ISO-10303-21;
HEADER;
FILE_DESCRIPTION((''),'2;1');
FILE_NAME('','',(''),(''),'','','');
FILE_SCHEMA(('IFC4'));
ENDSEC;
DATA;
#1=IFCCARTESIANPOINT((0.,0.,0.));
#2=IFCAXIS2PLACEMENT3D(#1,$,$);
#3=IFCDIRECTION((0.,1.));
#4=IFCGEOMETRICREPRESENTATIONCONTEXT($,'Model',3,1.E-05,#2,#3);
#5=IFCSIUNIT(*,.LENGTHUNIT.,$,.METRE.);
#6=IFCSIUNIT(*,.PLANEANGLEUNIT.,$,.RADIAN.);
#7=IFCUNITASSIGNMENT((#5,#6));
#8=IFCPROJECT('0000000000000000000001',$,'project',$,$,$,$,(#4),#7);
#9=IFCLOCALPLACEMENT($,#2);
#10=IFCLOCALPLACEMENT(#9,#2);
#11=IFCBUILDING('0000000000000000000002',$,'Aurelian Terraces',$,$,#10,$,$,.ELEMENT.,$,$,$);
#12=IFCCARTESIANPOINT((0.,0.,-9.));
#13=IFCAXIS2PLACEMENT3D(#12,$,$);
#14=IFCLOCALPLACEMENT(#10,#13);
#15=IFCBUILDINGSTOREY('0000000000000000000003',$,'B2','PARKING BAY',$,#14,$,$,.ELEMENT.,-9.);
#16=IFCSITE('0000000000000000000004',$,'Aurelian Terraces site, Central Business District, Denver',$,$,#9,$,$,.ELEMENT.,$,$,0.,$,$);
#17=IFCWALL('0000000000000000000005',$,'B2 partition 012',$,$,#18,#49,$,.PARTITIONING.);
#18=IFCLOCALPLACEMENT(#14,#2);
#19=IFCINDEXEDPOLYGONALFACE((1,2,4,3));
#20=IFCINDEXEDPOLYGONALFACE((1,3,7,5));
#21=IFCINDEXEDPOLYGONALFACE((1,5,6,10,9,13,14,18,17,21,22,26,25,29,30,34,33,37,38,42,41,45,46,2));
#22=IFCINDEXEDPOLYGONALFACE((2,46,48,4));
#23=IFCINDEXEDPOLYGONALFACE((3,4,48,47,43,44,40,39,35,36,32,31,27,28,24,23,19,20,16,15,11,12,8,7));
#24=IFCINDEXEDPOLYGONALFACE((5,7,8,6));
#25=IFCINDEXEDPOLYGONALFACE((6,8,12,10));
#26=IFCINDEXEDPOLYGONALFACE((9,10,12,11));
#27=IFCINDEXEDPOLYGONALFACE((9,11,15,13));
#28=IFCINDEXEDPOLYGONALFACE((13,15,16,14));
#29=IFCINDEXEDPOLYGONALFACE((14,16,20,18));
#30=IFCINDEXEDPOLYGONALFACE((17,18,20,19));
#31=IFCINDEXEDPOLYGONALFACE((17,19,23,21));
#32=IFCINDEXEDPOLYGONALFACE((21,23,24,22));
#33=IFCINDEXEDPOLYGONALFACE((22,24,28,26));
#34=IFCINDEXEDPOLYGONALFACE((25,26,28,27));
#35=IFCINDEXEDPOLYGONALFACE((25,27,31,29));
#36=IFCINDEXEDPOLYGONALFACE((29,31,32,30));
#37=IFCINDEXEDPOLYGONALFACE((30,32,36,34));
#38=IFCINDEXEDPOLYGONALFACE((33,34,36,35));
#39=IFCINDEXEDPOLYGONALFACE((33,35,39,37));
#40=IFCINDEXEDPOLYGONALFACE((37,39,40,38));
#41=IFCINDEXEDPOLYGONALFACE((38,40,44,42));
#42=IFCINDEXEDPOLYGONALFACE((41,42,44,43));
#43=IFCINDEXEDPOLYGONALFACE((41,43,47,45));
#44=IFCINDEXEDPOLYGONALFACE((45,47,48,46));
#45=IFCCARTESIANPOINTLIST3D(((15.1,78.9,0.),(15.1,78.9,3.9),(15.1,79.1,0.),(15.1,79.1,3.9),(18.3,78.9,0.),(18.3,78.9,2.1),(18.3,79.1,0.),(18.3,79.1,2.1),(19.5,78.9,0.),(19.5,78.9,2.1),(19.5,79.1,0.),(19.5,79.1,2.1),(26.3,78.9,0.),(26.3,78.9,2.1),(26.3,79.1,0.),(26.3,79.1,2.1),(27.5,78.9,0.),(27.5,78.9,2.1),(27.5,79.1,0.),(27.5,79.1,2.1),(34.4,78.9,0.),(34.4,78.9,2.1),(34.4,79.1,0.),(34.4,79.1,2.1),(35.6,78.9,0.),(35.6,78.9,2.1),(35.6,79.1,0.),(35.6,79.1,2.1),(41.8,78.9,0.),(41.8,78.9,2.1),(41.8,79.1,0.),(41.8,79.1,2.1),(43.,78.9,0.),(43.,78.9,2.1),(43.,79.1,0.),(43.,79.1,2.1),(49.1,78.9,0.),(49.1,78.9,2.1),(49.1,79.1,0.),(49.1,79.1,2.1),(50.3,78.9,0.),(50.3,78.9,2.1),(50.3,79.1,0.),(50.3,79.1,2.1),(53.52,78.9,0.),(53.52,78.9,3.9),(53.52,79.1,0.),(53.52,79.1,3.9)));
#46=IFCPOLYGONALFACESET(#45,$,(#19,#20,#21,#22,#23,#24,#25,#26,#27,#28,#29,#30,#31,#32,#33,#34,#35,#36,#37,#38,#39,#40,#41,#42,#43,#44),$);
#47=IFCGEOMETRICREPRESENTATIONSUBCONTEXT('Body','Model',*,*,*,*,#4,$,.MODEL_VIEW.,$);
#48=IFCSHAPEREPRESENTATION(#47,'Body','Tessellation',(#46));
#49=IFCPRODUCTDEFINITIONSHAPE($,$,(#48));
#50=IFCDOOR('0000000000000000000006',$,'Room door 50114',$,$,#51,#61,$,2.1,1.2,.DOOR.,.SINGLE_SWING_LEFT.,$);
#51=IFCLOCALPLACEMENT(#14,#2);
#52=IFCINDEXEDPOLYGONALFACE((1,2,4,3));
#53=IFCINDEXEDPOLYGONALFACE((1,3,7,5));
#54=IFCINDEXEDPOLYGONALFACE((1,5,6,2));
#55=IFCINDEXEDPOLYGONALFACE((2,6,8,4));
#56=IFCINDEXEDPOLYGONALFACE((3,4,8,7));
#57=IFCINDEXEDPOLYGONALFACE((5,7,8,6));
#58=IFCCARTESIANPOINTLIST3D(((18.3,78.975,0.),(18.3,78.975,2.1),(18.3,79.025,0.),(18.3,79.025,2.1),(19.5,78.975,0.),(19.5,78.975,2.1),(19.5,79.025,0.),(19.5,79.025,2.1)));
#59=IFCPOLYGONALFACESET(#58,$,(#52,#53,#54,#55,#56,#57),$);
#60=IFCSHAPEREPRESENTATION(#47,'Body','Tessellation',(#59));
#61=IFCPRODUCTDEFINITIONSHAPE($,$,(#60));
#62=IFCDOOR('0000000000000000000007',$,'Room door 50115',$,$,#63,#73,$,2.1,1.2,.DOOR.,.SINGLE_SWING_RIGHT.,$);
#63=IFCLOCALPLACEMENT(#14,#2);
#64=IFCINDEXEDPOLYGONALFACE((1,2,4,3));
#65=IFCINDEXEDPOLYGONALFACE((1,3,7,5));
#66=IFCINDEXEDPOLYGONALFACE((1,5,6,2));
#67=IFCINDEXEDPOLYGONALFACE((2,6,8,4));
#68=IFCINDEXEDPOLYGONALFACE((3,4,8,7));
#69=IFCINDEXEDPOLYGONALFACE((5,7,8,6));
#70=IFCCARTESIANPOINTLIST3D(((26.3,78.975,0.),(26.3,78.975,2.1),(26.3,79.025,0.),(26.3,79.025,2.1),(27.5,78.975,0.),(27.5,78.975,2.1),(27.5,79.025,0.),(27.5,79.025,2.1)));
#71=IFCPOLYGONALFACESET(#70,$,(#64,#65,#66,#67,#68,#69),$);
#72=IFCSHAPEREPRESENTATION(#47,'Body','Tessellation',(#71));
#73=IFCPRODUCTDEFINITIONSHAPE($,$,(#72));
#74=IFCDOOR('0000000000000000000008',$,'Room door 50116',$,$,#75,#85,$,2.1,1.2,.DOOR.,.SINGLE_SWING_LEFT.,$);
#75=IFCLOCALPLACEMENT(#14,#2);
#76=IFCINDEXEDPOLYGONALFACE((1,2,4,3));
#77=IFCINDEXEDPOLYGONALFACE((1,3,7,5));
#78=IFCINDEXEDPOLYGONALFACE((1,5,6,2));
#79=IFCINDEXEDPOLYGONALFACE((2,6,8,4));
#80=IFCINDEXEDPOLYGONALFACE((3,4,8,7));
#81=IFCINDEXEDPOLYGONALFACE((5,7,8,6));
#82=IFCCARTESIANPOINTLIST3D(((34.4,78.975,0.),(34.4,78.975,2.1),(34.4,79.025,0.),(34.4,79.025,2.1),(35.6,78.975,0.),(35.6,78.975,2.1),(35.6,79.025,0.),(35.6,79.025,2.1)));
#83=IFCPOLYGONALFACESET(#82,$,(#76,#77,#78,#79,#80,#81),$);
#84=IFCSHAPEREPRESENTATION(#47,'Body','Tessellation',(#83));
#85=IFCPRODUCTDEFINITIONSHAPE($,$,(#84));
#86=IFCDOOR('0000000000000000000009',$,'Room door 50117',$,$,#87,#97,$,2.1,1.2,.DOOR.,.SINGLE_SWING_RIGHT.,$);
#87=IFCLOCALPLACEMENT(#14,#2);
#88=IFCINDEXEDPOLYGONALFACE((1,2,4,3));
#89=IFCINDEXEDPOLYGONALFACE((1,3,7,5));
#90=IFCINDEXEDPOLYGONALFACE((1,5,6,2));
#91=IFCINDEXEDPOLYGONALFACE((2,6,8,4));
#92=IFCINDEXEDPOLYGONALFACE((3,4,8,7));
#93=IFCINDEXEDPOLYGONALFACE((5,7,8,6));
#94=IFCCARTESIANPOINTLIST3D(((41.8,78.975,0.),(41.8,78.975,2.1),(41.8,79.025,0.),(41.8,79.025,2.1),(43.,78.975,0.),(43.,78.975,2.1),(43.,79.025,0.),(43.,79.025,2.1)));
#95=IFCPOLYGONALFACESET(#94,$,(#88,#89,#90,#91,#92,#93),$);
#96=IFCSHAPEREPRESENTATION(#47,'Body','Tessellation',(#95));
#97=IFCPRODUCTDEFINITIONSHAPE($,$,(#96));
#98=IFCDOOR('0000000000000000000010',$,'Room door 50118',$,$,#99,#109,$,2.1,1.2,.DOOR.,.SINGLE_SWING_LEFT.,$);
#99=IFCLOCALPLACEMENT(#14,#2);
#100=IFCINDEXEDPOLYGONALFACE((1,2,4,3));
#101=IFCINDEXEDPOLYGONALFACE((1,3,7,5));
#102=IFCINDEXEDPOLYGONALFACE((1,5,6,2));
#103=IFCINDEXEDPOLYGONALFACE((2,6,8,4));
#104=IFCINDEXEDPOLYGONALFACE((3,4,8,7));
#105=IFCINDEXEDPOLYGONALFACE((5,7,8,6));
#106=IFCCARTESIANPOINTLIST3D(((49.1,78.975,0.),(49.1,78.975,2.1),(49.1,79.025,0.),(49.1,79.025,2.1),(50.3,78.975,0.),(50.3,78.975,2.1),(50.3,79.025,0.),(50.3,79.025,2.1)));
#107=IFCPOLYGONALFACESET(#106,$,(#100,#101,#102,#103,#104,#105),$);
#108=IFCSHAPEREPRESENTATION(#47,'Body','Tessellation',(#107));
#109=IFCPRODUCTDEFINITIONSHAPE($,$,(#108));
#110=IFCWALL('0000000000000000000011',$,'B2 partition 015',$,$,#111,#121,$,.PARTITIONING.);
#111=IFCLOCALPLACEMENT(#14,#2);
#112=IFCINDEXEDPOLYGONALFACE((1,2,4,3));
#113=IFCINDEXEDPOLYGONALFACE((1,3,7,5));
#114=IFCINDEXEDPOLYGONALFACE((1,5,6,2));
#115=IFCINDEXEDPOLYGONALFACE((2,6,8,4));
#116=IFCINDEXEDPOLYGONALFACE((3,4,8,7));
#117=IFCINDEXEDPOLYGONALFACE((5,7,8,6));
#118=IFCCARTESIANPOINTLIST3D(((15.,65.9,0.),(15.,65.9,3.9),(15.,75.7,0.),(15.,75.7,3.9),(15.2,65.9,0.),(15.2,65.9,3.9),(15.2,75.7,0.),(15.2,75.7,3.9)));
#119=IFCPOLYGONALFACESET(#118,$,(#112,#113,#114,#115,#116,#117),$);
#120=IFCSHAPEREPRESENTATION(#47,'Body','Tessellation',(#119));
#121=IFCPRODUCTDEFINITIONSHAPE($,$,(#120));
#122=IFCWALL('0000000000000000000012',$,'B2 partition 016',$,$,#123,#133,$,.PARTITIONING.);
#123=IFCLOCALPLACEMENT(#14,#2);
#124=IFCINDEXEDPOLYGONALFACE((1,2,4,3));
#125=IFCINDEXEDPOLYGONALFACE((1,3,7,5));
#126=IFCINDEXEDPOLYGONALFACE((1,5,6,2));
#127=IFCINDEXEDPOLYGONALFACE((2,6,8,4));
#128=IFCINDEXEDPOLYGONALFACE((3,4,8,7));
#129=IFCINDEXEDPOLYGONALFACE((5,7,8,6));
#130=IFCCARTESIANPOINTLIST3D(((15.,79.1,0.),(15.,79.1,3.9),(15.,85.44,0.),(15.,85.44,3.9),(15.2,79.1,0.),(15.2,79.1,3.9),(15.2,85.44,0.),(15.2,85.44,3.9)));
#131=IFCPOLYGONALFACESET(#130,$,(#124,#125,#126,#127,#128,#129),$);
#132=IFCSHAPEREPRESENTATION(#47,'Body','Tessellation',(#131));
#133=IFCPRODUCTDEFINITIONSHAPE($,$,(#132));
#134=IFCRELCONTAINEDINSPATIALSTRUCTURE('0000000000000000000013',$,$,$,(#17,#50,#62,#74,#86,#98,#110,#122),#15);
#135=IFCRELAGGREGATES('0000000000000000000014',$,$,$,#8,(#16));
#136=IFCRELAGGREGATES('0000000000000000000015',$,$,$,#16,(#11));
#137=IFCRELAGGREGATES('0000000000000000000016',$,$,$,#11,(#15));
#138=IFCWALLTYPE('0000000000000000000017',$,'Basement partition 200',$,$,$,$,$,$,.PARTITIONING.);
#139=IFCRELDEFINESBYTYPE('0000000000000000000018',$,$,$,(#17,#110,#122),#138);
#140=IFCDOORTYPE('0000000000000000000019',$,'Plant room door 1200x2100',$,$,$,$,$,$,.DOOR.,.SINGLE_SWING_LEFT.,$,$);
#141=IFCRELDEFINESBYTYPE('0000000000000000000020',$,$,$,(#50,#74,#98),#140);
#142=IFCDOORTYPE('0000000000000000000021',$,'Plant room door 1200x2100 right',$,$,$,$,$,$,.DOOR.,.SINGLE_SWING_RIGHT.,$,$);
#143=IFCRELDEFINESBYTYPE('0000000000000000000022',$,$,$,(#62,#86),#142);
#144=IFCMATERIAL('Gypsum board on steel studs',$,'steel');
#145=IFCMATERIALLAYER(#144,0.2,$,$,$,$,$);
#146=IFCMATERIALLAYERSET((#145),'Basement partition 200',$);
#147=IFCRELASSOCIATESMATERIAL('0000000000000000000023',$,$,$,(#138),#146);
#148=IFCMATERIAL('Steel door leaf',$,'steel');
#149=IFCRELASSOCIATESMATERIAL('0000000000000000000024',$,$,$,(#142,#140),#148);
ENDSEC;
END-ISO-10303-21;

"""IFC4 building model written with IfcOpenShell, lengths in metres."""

from ifc_helpers import new_model, si_unit, direction, frame, frame_2d, origin, place, context, subcontext, project, spatial, rectangle, extrude, source, transform, mapped, material, layer, layer_set, type_object, element, fill, save


model = new_model("IFC4")

# Units and contexts
model_context = context("Model", 3, precision=1e-05, world=origin(), true_north=direction((0.0, 1.0)))
body_context = subcontext(model_context, "Body", "Model", "MODEL_VIEW")
ifc_project = project(units=[si_unit("LENGTHUNIT", "METRE"), si_unit("PLANEANGLEUNIT", "RADIAN")], contexts=[model_context])

# Site, building, storey
site_placement = place(None, origin())
site = spatial("IfcSite", under=ifc_project, at=site_placement, Name="Aurelian Terraces site, Central Business District, Denver", CompositionType="ELEMENT", RefElevation=0.0)
building_placement = place(site_placement, origin())
building = spatial("IfcBuilding", under=site, at=building_placement, Name="Aurelian Terraces", CompositionType="ELEMENT")
storey_placement = place(building_placement, frame((0.0, 0.0, -9.0)))
storey = spatial("IfcBuildingStorey", under=building, at=storey_placement, Name="B2", Description="PARKING BAY", CompositionType="ELEMENT", Elevation=-9.0)

# Shared definitions
ifc_material_1 = material(Name="Gypsum board on steel studs", Category="steel")
ifc_layer_1 = layer(ifc_material_1, 0.2)
ifc_layer_set_1 = layer_set([ifc_layer_1], Name="Basement partition 200")
wall_type_1 = type_object("IfcWallType", Name="Basement partition 200", PredefinedType="PARTITIONING", material=ifc_layer_set_1)

# Shared definitions
shared_shape_1 = source(origin(), body_context, "Body", "SweptSolid", [
    extrude(rectangle(XDim=38.42, YDim=0.2, at=frame_2d((19.21, 0.0))), origin(), (0.0, 0.0, 1.0), 3.9),
])
shared_shape_2 = source(origin(), body_context, "Body", "SweptSolid", [
    extrude(rectangle(XDim=1.2, YDim=2.1, at=frame_2d((0.6, 1.05))), frame((0.0, 0.11, 0.0), z_axis=(0.0, -1.0, 0.0), x_axis=(1.0, 0.0, 0.0)), (0.0, 0.0, 1.0), 0.22),
])
ifc_material_2 = material(Name="Steel door leaf", Category="steel")
door_type_1 = type_object("IfcDoorType", Name="Plant room door 1200x2100 right", OperationType="SINGLE_SWING_RIGHT", PredefinedType="DOOR", material=ifc_material_2)
shared_shape_3 = source(origin(), body_context, "Body", "SweptSolid", [
    extrude(rectangle(XDim=1.2, YDim=2.1, at=frame_2d((0.6, 1.05))), frame((0.0, 0.025, 0.0), z_axis=(0.0, -1.0, 0.0), x_axis=(1.0, 0.0, 0.0)), (0.0, 0.0, 1.0), 0.05),
])
door_type_2 = type_object("IfcDoorType", Name="Plant room door 1200x2100", OperationType="SINGLE_SWING_LEFT", PredefinedType="DOOR", material=ifc_material_2)

# Wall, openings, doors
wall_1_placement = place(storey_placement, frame((15.1, 79.0, 0.0), z_axis=(0.0, 0.0, 1.0), x_axis=(1.0, 0.0, 0.0)))
wall_1 = element("IfcWall", 1, at=wall_1_placement, inside=storey, type_object=wall_type_1, Name="B2 partition 012", PredefinedType="PARTITIONING", context=body_context, shape_type="MappedRepresentation", body=[
    mapped(shared_shape_1, transform((0.0, 0.0, 0.0), scale=1.0)),
])
opening_1_placement = place(wall_1_placement, frame((3.2, 0.0, 0.0)))
opening_1 = element("IfcOpeningElement", 2, at=opening_1_placement, cuts=wall_1, PredefinedType="OPENING", context=body_context, shape_type="MappedRepresentation", body=[
    mapped(shared_shape_2, transform((0.0, 0.0, 0.0), scale=1.0)),
])
opening_2_placement = place(wall_1_placement, frame((11.2, 0.0, 0.0)))
opening_2 = element("IfcOpeningElement", 3, at=opening_2_placement, cuts=wall_1, PredefinedType="OPENING", context=body_context, shape_type="MappedRepresentation", body=[
    mapped(shared_shape_2, transform((0.0, 0.0, 0.0), scale=1.0)),
])
opening_3_placement = place(wall_1_placement, frame((19.3, 0.0, 0.0)))
opening_3 = element("IfcOpeningElement", 4, at=opening_3_placement, cuts=wall_1, PredefinedType="OPENING", context=body_context, shape_type="MappedRepresentation", body=[
    mapped(shared_shape_2, transform((0.0, 0.0, 0.0), scale=1.0)),
])
opening_4_placement = place(wall_1_placement, frame((26.7, 0.0, 0.0)))
opening_4 = element("IfcOpeningElement", 5, at=opening_4_placement, cuts=wall_1, PredefinedType="OPENING", context=body_context, shape_type="MappedRepresentation", body=[
    mapped(shared_shape_2, transform((0.0, 0.0, 0.0), scale=1.0)),
])
opening_5_placement = place(wall_1_placement, frame((34.0, 0.0, 0.0)))
opening_5 = element("IfcOpeningElement", 6, at=opening_5_placement, cuts=wall_1, PredefinedType="OPENING", context=body_context, shape_type="MappedRepresentation", body=[
    mapped(shared_shape_2, transform((0.0, 0.0, 0.0), scale=1.0)),
])
door_1_placement = place(opening_1_placement, origin())
door_1 = element("IfcDoor", 7, at=door_1_placement, inside=storey, type_object=door_type_2, Name="Room door 50114", OperationType="SINGLE_SWING_LEFT", OverallHeight=2.1, OverallWidth=1.2, PredefinedType="DOOR", context=body_context, shape_type="MappedRepresentation", body=[
    mapped(shared_shape_3, transform((0.0, 0.0, 0.0), scale=1.0)),
])
fill(opening_1, door_1)
door_2_placement = place(opening_2_placement, origin())
door_2 = element("IfcDoor", 8, at=door_2_placement, inside=storey, type_object=door_type_1, Name="Room door 50115", OperationType="SINGLE_SWING_RIGHT", OverallHeight=2.1, OverallWidth=1.2, PredefinedType="DOOR", context=body_context, shape_type="MappedRepresentation", body=[
    mapped(shared_shape_3, transform((0.0, 0.0, 0.0), scale=1.0)),
])
fill(opening_2, door_2)
door_3_placement = place(opening_3_placement, origin())
door_3 = element("IfcDoor", 9, at=door_3_placement, inside=storey, type_object=door_type_2, Name="Room door 50116", OperationType="SINGLE_SWING_LEFT", OverallHeight=2.1, OverallWidth=1.2, PredefinedType="DOOR", context=body_context, shape_type="MappedRepresentation", body=[
    mapped(shared_shape_3, transform((0.0, 0.0, 0.0), scale=1.0)),
])
fill(opening_3, door_3)
door_4_placement = place(opening_4_placement, origin())
door_4 = element("IfcDoor", 10, at=door_4_placement, inside=storey, type_object=door_type_1, Name="Room door 50117", OperationType="SINGLE_SWING_RIGHT", OverallHeight=2.1, OverallWidth=1.2, PredefinedType="DOOR", context=body_context, shape_type="MappedRepresentation", body=[
    mapped(shared_shape_3, transform((0.0, 0.0, 0.0), scale=1.0)),
])
fill(opening_4, door_4)
door_5_placement = place(opening_5_placement, origin())
door_5 = element("IfcDoor", 11, at=door_5_placement, inside=storey, type_object=door_type_2, Name="Room door 50118", OperationType="SINGLE_SWING_LEFT", OverallHeight=2.1, OverallWidth=1.2, PredefinedType="DOOR", context=body_context, shape_type="MappedRepresentation", body=[
    mapped(shared_shape_3, transform((0.0, 0.0, 0.0), scale=1.0)),
])
fill(opening_5, door_5)

# Walls
shared_shape_4 = source(origin(), body_context, "Body", "SweptSolid", [
    extrude(rectangle(XDim=9.8, YDim=0.2, at=frame_2d((4.9, 0.0))), origin(), (0.0, 0.0, 1.0), 3.9),
])
wall_2_placement = place(storey_placement, frame((15.1, 65.9, 0.0), z_axis=(0.0, 0.0, 1.0), x_axis=(0.0, 1.0, 0.0)))
element("IfcWall", 12, at=wall_2_placement, inside=storey, type_object=wall_type_1, Name="B2 partition 015", PredefinedType="PARTITIONING", context=body_context, shape_type="MappedRepresentation", body=[
    mapped(shared_shape_4, transform((0.0, 0.0, 0.0), scale=1.0)),
])
shared_shape_5 = source(origin(), body_context, "Body", "SweptSolid", [
    extrude(rectangle(XDim=6.34, YDim=0.2, at=frame_2d((3.17, 0.0))), origin(), (0.0, 0.0, 1.0), 3.9),
])
wall_3_placement = place(storey_placement, frame((15.1, 79.1, 0.0), z_axis=(0.0, 0.0, 1.0), x_axis=(0.0, 1.0, 0.0)))
element("IfcWall", 13, at=wall_3_placement, inside=storey, type_object=wall_type_1, Name="B2 partition 016", PredefinedType="PARTITIONING", context=body_context, shape_type="MappedRepresentation", body=[
    mapped(shared_shape_5, transform((0.0, 0.0, 0.0), scale=1.0)),
])

save(model, "model.ifc")
